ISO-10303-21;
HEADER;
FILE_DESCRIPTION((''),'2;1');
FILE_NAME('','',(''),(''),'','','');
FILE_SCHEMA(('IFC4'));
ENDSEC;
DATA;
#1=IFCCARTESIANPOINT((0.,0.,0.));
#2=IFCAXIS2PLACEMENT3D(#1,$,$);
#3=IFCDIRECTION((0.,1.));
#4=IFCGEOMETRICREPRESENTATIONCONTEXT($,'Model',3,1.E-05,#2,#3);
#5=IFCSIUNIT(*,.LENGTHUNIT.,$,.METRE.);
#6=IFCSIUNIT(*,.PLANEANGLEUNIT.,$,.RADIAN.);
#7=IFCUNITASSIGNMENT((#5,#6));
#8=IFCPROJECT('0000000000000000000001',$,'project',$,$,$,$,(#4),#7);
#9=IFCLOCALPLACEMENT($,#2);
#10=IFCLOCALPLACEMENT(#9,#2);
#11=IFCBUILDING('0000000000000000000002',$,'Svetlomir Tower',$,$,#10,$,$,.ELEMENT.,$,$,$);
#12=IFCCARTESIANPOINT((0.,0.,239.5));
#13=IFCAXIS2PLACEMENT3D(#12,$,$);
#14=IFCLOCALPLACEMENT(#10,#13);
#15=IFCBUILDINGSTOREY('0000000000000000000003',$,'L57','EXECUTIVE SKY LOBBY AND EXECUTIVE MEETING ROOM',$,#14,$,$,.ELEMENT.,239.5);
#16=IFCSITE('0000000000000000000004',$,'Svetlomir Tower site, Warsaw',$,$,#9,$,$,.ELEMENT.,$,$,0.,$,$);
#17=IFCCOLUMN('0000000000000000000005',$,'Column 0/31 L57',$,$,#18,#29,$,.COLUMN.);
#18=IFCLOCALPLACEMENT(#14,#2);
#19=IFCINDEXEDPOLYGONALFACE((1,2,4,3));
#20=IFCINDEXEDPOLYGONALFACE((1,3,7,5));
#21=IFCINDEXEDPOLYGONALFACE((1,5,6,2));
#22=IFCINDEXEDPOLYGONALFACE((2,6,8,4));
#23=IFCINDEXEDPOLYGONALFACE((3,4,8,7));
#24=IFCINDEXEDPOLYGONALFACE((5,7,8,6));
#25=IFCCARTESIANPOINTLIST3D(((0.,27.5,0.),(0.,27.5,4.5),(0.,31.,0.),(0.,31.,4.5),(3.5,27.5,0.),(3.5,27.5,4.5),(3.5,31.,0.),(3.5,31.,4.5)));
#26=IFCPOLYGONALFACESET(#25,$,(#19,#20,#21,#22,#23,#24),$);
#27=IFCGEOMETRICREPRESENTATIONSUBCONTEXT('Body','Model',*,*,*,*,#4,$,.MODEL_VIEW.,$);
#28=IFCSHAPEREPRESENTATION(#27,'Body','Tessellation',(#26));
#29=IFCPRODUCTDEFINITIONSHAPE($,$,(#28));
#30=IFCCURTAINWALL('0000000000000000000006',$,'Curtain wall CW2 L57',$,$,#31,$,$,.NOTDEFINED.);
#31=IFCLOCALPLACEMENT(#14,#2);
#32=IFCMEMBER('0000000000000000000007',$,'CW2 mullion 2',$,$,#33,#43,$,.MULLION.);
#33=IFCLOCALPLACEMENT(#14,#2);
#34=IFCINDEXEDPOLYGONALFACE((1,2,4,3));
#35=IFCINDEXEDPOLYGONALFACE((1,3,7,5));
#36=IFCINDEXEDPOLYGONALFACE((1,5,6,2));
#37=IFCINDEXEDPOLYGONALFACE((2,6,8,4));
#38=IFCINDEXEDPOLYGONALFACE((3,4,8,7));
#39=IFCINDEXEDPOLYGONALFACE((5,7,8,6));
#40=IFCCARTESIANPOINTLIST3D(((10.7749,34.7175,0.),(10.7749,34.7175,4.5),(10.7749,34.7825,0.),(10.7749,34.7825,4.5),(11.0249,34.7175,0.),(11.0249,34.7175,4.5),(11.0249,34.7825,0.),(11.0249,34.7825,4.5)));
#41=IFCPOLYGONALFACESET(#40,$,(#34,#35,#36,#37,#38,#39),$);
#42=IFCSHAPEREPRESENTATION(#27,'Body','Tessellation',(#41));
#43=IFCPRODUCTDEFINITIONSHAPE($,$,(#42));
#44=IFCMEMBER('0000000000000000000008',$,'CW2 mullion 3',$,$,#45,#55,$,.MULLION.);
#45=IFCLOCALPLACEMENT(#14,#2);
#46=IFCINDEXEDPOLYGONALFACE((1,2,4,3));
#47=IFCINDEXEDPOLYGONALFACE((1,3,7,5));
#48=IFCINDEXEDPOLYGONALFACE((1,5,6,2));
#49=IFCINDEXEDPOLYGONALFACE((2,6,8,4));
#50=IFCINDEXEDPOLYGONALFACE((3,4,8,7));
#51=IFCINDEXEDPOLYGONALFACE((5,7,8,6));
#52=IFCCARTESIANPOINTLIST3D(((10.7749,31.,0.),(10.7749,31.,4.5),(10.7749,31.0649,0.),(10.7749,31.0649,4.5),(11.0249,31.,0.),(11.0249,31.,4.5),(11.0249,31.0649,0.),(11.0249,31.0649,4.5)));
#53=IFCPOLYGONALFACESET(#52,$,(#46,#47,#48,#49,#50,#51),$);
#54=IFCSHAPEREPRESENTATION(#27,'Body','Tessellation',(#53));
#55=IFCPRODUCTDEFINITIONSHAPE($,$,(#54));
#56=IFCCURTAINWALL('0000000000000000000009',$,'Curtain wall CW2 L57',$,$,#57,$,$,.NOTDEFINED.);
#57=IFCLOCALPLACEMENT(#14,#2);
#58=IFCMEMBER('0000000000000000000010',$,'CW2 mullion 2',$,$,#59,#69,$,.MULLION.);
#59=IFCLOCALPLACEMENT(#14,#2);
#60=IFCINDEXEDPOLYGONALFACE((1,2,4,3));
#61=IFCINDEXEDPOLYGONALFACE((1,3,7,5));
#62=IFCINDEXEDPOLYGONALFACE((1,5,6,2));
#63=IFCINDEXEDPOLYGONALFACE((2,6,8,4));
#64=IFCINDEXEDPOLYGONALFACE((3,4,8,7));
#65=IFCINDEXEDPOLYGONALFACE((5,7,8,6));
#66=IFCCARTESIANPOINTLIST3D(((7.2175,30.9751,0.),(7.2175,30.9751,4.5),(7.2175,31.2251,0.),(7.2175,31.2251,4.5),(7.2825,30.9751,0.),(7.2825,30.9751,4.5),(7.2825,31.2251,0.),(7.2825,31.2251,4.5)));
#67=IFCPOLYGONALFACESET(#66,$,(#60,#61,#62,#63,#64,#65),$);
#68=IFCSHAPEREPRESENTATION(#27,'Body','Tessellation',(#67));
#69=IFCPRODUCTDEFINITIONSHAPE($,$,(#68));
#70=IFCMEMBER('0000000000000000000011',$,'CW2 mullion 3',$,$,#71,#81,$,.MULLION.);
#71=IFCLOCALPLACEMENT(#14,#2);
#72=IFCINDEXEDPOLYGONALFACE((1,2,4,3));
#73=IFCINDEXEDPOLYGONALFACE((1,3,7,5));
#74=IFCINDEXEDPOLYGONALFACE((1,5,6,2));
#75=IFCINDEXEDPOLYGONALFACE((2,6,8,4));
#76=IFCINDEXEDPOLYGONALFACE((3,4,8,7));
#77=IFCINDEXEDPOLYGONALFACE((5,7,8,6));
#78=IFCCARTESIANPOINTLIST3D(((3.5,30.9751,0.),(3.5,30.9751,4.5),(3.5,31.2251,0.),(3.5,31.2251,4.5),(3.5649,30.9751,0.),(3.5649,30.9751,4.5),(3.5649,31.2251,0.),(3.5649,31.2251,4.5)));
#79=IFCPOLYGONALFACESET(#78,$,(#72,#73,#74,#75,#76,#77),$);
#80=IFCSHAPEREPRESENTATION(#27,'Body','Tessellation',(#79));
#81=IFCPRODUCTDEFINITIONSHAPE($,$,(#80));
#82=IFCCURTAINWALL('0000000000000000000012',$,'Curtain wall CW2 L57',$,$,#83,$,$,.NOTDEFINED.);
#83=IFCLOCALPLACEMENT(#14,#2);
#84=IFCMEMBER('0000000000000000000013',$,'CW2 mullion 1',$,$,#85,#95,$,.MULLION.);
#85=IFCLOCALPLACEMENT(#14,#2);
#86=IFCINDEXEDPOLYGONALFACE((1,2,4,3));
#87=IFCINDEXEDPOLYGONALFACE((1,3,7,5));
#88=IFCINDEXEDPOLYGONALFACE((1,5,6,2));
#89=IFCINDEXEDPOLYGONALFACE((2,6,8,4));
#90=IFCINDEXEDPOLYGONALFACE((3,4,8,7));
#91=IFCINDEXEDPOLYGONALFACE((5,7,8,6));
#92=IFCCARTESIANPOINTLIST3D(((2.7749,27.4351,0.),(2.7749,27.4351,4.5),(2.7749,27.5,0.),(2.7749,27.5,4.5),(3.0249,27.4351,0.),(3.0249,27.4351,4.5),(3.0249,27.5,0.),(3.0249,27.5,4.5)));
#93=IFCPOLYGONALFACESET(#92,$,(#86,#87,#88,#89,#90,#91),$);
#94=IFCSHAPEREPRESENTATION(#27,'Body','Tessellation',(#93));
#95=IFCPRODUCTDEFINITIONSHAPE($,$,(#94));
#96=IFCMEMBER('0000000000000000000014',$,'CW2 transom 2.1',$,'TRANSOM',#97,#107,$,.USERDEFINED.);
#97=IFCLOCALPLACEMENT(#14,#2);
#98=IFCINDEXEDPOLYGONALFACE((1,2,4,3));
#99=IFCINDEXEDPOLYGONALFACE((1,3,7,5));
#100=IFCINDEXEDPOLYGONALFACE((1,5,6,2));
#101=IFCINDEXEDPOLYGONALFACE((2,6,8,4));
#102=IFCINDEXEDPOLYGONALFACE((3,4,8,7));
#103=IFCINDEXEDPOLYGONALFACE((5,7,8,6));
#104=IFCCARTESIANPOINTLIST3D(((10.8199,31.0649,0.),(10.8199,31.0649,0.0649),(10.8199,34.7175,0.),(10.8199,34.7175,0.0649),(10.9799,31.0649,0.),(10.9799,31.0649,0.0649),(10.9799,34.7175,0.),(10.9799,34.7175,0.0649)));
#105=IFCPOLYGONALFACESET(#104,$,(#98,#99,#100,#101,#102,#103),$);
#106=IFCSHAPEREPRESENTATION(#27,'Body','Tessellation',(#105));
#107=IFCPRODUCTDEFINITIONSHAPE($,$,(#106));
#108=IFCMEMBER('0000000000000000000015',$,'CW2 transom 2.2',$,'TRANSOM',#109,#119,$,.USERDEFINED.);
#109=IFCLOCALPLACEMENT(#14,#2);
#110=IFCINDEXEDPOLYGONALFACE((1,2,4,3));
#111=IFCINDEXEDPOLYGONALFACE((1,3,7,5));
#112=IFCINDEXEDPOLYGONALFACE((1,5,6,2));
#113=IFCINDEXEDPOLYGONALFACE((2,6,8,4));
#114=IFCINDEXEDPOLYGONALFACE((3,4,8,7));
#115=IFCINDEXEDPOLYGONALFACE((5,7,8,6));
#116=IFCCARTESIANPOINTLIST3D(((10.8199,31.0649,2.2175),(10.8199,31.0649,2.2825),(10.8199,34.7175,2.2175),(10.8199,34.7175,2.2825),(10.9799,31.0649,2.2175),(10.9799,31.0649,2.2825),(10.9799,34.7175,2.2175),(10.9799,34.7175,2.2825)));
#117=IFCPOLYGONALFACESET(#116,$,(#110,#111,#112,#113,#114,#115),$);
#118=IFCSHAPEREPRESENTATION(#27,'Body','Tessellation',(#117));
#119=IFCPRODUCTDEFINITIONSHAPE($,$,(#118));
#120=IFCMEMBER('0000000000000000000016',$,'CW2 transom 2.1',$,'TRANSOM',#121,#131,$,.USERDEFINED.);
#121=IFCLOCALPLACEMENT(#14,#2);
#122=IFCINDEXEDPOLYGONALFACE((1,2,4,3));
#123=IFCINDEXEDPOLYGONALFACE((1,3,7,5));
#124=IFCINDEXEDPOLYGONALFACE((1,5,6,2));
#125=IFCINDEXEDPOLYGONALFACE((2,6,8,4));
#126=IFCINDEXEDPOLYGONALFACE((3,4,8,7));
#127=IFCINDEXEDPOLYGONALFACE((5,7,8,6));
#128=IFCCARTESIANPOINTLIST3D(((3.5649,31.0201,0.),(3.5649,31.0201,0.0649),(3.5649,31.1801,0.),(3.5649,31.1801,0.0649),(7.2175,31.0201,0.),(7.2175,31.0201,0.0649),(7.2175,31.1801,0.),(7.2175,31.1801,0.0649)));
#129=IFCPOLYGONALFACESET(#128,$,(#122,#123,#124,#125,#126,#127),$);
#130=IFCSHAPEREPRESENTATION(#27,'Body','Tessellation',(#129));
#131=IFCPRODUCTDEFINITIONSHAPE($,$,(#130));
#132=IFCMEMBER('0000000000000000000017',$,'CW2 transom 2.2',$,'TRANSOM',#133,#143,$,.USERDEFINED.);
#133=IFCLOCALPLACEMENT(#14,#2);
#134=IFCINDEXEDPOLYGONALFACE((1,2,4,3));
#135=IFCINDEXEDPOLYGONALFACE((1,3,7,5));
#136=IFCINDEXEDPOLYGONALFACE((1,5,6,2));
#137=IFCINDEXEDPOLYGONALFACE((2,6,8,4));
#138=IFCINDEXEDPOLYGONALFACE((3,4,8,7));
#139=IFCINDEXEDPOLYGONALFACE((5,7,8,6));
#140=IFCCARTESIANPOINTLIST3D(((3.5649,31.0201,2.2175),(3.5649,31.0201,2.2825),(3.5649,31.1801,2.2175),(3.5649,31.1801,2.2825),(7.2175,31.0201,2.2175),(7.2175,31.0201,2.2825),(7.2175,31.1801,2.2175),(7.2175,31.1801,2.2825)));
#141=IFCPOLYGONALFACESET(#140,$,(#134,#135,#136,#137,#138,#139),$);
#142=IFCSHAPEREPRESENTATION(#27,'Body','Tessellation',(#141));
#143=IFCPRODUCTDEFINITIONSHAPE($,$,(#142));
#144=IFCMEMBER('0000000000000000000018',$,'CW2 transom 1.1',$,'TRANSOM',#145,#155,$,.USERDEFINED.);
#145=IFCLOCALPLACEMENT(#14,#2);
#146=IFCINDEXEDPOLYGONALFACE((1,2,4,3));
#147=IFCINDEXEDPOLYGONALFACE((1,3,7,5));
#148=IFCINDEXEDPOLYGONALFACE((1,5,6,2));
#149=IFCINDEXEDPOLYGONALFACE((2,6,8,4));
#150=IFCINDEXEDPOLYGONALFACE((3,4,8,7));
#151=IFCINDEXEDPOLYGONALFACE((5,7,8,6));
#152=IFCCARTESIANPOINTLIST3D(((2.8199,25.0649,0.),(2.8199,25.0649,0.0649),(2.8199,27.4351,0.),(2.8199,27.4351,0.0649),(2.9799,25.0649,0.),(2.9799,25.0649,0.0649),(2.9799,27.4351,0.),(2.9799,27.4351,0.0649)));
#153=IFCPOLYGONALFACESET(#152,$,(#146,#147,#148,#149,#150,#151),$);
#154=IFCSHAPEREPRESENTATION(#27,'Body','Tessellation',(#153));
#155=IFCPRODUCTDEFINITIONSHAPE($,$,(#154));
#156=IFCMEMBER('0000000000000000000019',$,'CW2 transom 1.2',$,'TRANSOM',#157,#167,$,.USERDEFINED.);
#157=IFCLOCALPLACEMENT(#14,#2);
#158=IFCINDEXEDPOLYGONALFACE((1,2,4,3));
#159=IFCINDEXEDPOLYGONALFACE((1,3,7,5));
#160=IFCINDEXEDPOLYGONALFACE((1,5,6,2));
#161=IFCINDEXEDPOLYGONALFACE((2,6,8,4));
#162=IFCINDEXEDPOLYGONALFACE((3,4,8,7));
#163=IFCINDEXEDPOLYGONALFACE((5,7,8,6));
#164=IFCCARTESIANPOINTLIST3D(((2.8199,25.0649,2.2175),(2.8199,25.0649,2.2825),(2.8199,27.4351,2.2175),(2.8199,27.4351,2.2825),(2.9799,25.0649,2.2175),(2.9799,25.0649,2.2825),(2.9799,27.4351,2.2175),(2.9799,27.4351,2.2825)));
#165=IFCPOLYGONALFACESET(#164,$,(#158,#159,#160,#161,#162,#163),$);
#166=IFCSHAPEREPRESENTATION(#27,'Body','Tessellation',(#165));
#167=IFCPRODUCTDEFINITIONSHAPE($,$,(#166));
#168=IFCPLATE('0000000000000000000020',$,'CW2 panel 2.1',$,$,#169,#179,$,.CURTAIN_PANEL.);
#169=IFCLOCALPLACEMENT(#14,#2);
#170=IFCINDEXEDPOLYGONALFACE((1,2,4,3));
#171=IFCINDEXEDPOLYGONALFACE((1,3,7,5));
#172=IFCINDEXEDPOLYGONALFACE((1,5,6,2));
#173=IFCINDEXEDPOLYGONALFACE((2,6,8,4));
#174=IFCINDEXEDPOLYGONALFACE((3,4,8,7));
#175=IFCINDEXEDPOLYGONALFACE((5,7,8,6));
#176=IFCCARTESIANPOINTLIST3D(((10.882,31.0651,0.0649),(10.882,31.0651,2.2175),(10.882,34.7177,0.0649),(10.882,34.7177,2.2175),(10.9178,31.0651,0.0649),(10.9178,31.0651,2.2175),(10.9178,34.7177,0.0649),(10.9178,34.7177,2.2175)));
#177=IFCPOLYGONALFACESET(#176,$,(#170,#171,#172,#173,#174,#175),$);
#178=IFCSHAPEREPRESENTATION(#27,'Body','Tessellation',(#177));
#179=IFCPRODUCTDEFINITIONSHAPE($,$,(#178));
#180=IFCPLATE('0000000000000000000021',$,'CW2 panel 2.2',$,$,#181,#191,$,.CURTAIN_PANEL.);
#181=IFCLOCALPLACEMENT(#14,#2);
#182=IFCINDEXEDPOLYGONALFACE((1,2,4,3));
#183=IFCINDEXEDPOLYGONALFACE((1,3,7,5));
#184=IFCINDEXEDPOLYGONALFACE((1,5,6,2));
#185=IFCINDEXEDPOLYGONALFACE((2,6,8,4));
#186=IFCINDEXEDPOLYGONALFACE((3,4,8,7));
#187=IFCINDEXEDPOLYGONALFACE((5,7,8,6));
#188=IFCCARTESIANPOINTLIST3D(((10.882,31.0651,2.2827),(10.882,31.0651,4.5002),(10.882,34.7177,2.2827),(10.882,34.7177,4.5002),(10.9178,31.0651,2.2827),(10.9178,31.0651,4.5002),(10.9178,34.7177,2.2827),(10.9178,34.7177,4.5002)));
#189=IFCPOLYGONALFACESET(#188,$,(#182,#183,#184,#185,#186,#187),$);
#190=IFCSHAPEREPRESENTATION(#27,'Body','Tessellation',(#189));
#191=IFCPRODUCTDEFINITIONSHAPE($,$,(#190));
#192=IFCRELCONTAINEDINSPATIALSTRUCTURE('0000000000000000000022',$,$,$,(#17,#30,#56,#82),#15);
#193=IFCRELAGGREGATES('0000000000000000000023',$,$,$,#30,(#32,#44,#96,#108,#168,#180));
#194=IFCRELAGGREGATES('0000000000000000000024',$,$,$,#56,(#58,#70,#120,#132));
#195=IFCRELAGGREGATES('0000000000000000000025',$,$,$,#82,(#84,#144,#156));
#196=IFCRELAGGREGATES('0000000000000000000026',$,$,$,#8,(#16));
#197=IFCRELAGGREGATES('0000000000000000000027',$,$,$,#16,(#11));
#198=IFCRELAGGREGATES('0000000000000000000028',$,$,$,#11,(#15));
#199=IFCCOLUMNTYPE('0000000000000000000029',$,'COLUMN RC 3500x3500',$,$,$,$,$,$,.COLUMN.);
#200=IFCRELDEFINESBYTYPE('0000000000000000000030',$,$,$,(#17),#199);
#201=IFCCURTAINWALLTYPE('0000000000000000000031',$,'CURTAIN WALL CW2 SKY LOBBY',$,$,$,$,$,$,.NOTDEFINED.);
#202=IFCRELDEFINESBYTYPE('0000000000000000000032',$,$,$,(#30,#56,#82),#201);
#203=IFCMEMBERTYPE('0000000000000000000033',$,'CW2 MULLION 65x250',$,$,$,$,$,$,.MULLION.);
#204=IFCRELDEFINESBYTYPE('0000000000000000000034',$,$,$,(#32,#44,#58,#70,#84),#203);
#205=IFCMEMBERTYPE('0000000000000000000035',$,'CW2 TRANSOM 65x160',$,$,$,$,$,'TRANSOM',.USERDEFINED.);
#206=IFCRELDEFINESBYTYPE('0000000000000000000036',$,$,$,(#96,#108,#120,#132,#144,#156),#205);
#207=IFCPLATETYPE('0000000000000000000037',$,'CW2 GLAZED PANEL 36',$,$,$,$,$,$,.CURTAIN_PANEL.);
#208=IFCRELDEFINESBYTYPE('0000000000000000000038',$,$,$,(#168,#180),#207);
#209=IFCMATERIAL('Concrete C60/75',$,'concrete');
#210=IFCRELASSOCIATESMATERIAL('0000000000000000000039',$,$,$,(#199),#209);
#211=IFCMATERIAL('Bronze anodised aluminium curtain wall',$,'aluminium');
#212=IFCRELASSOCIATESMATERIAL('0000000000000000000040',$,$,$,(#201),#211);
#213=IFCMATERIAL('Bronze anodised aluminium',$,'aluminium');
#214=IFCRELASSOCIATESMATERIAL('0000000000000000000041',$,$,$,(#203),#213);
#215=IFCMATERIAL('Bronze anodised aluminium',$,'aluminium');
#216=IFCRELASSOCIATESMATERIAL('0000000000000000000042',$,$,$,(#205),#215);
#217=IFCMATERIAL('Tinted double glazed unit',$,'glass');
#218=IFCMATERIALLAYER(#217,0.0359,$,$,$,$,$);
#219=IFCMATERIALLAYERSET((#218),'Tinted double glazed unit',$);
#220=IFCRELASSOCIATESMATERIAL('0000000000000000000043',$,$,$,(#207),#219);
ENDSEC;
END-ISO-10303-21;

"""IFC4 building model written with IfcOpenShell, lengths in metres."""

from ifc_helpers import new_model, si_unit, direction, frame, origin, origin_2d, place, context, subcontext, project, spatial, rectangle, extrude, material, layer, layer_set, material_profile, profile_set, type_object, element, aggregate, save


model = new_model("IFC4")

# Units and contexts
model_context = context("Model", 3, precision=1e-05, world=origin(), true_north=direction((0.0, 1.0)))
body_context = subcontext(model_context, "Body", "Model", "MODEL_VIEW")
ifc_project = project(units=[si_unit("LENGTHUNIT", "METRE"), si_unit("PLANEANGLEUNIT", "RADIAN")], contexts=[model_context])

# Site, building, storey
site_placement = place(None, origin())
site = spatial("IfcSite", under=ifc_project, at=site_placement, Name="Svetlomir Tower site, Warsaw", CompositionType="ELEMENT", RefElevation=0.0)
building_placement = place(site_placement, origin())
building = spatial("IfcBuilding", under=site, at=building_placement, Name="Svetlomir Tower", CompositionType="ELEMENT")
storey_placement = place(building_placement, frame((0.0, 0.0, 239.5)))
storey = spatial("IfcBuildingStorey", under=building, at=storey_placement, Name="L57", Description="EXECUTIVE SKY LOBBY AND EXECUTIVE MEETING ROOM", CompositionType="ELEMENT", Elevation=239.5)

# Column
ifc_material_1 = material(Name="Concrete C60/75", Category="concrete")
ifc_material_profile_1 = material_profile(ifc_material_1, rectangle(XDim=3.5, YDim=3.5, at=origin_2d()), Name="RC 3500x3500")
ifc_profile_set_1 = profile_set([ifc_material_profile_1], Name="Concrete C60/75")
column_type = type_object("IfcColumnType", Name="COLUMN RC 3500x3500", PredefinedType="COLUMN", material=ifc_profile_set_1)
column_placement = place(storey_placement, frame((1.75, 29.25, 0.0), z_axis=(0.0, 0.0, 1.0), x_axis=(1.0, 0.0, 0.0)))
element("IfcColumn", 1, at=column_placement, inside=storey, type_object=column_type, Name="Column 0/31 L57", PredefinedType="COLUMN", context=body_context, shape_type="SweptSolid", body=[
    extrude(rectangle(XDim=3.5, YDim=3.5, at=origin_2d()), origin(), (0.0, 0.0, 1.0), 4.5),
])

# Curtain walls, members
ifc_material_2 = material(Name="Bronze anodised aluminium curtain wall", Category="aluminium")
curtain_wall_type = type_object("IfcCurtainWallType", Name="CURTAIN WALL CW2 SKY LOBBY", PredefinedType="NOTDEFINED", material=ifc_material_2)
curtain_wall_1_placement = place(storey_placement, origin())
curtain_wall_1 = element("IfcCurtainWall", 2, at=curtain_wall_1_placement, inside=storey, type_object=curtain_wall_type, Name="Curtain wall CW2 L57", PredefinedType="NOTDEFINED")
ifc_material_3 = material(Name="Bronze anodised aluminium", Category="aluminium")
ifc_material_profile_2 = material_profile(ifc_material_3, rectangle(XDim=0.0649, YDim=0.25, at=origin_2d()), Name="AL 65x250")
ifc_profile_set_2 = profile_set([ifc_material_profile_2], Name="Bronze anodised aluminium 6063-T6")
member_type_1 = type_object("IfcMemberType", Name="CW2 MULLION 65x250", PredefinedType="MULLION", material=ifc_profile_set_2)
member_1_placement = place(storey_placement, frame((10.8999, 34.75, 0.0), z_axis=(0.0, 0.0, 1.0), x_axis=(0.0, -1.0, 0.0)))
member_1 = element("IfcMember", 3, at=member_1_placement, type_object=member_type_1, Name="CW2 mullion 2", PredefinedType="MULLION", context=body_context, shape_type="SweptSolid", body=[
    extrude(rectangle(XDim=0.0649, YDim=0.25, at=origin_2d()), origin(), (0.0, 0.0, 1.0), 4.5),
])
member_2_placement = place(storey_placement, frame((10.8999, 31.0325, 0.0), z_axis=(0.0, 0.0, 1.0), x_axis=(0.0, -1.0, 0.0)))
member_2 = element("IfcMember", 4, at=member_2_placement, type_object=member_type_1, Name="CW2 mullion 3", PredefinedType="MULLION", context=body_context, shape_type="SweptSolid", body=[
    extrude(rectangle(XDim=0.0649, YDim=0.25, at=origin_2d()), origin(), (0.0, 0.0, 1.0), 4.5),
])
curtain_wall_2_placement = place(storey_placement, origin())
curtain_wall_2 = element("IfcCurtainWall", 5, at=curtain_wall_2_placement, inside=storey, type_object=curtain_wall_type, Name="Curtain wall CW2 L57", PredefinedType="NOTDEFINED")
member_3_placement = place(storey_placement, frame((7.25, 31.1001, 0.0), z_axis=(0.0, 0.0, 1.0), x_axis=(-1.0, 0.0, 0.0)))
member_3 = element("IfcMember", 6, at=member_3_placement, type_object=member_type_1, Name="CW2 mullion 2", PredefinedType="MULLION", context=body_context, shape_type="SweptSolid", body=[
    extrude(rectangle(XDim=0.0649, YDim=0.25, at=origin_2d()), origin(), (0.0, 0.0, 1.0), 4.5),
])
member_4_placement = place(storey_placement, frame((3.5325, 31.1001, 0.0), z_axis=(0.0, 0.0, 1.0), x_axis=(-1.0, 0.0, 0.0)))
member_4 = element("IfcMember", 7, at=member_4_placement, type_object=member_type_1, Name="CW2 mullion 3", PredefinedType="MULLION", context=body_context, shape_type="SweptSolid", body=[
    extrude(rectangle(XDim=0.0649, YDim=0.25, at=origin_2d()), origin(), (0.0, 0.0, 1.0), 4.5),
])

# Curtain wall, member
curtain_wall_3_placement = place(storey_placement, origin())
curtain_wall_3 = element("IfcCurtainWall", 8, at=curtain_wall_3_placement, inside=storey, type_object=curtain_wall_type, Name="Curtain wall CW2 L57", PredefinedType="NOTDEFINED")
member_5_placement = place(storey_placement, frame((2.8999, 27.4675, 0.0), z_axis=(0.0, 0.0, 1.0), x_axis=(0.0, -1.0, 0.0)))
member_5 = element("IfcMember", 9, at=member_5_placement, type_object=member_type_1, Name="CW2 mullion 1", PredefinedType="MULLION", context=body_context, shape_type="SweptSolid", body=[
    extrude(rectangle(XDim=0.0649, YDim=0.25, at=origin_2d()), origin(), (0.0, 0.0, 1.0), 4.5),
])

# Members
ifc_material_4 = material(Name="Bronze anodised aluminium", Category="aluminium")
ifc_material_profile_3 = material_profile(ifc_material_4, rectangle(XDim=0.1599, YDim=0.0649, at=origin_2d()), Name="AL 160x65")
ifc_profile_set_3 = profile_set([ifc_material_profile_3], Name="Bronze anodised aluminium 6063-T6")
member_type_2 = type_object("IfcMemberType", Name="CW2 TRANSOM 65x160", ElementType="TRANSOM", PredefinedType="USERDEFINED", material=ifc_profile_set_3)
member_6_placement = place(storey_placement, frame((10.8999, 34.7175, 0.0325), z_axis=(0.0, -1.0, 0.0), x_axis=(1.0, 0.0, 0.0)))
member_6 = element("IfcMember", 10, at=member_6_placement, type_object=member_type_2, Name="CW2 transom 2.1", ObjectType="TRANSOM", PredefinedType="USERDEFINED", context=body_context, shape_type="SweptSolid", body=[
    extrude(rectangle(XDim=0.1599, YDim=0.0649, at=origin_2d()), origin(), (0.0, 0.0, 1.0), 3.6526),
])
member_7_placement = place(storey_placement, frame((10.8999, 34.7175, 2.25), z_axis=(0.0, -1.0, 0.0), x_axis=(1.0, 0.0, 0.0)))
member_7 = element("IfcMember", 11, at=member_7_placement, type_object=member_type_2, Name="CW2 transom 2.2", ObjectType="TRANSOM", PredefinedType="USERDEFINED", context=body_context, shape_type="SweptSolid", body=[
    extrude(rectangle(XDim=0.1599, YDim=0.0649, at=origin_2d()), origin(), (0.0, 0.0, 1.0), 3.6526),
])
member_8_placement = place(storey_placement, frame((7.2175, 31.1001, 0.0325), z_axis=(-1.0, 0.0, 0.0), x_axis=(0.0, -1.0, 0.0)))
member_8 = element("IfcMember", 12, at=member_8_placement, type_object=member_type_2, Name="CW2 transom 2.1", ObjectType="TRANSOM", PredefinedType="USERDEFINED", context=body_context, shape_type="SweptSolid", body=[
    extrude(rectangle(XDim=0.1599, YDim=0.0649, at=origin_2d()), origin(), (0.0, 0.0, 1.0), 3.6526),
])
member_9_placement = place(storey_placement, frame((7.2175, 31.1001, 2.25), z_axis=(-1.0, 0.0, 0.0), x_axis=(0.0, -1.0, 0.0)))
member_9 = element("IfcMember", 13, at=member_9_placement, type_object=member_type_2, Name="CW2 transom 2.2", ObjectType="TRANSOM", PredefinedType="USERDEFINED", context=body_context, shape_type="SweptSolid", body=[
    extrude(rectangle(XDim=0.1599, YDim=0.0649, at=origin_2d()), origin(), (0.0, 0.0, 1.0), 3.6526),
])
member_10_placement = place(storey_placement, frame((2.8999, 27.4351, 0.0325), z_axis=(0.0, -1.0, 0.0), x_axis=(1.0, 0.0, 0.0)))
member_10 = element("IfcMember", 14, at=member_10_placement, type_object=member_type_2, Name="CW2 transom 1.1", ObjectType="TRANSOM", PredefinedType="USERDEFINED", context=body_context, shape_type="SweptSolid", body=[
    extrude(rectangle(XDim=0.1599, YDim=0.0649, at=origin_2d()), origin(), (0.0, 0.0, 1.0), 2.3701),
])
member_11_placement = place(storey_placement, frame((2.8999, 27.4351, 2.25), z_axis=(0.0, -1.0, 0.0), x_axis=(1.0, 0.0, 0.0)))
member_11 = element("IfcMember", 15, at=member_11_placement, type_object=member_type_2, Name="CW2 transom 1.2", ObjectType="TRANSOM", PredefinedType="USERDEFINED", context=body_context, shape_type="SweptSolid", body=[
    extrude(rectangle(XDim=0.1599, YDim=0.0649, at=origin_2d()), origin(), (0.0, 0.0, 1.0), 2.3701),
])

# Plates
ifc_material_5 = material(Name="Tinted double glazed unit", Category="glass")
ifc_layer_1 = layer(ifc_material_5, 0.0359)
ifc_layer_set_1 = layer_set([ifc_layer_1], Name="Tinted double glazed unit")
plate_type = type_object("IfcPlateType", Name="CW2 GLAZED PANEL 36", PredefinedType="CURTAIN_PANEL", material=ifc_layer_set_1)
plate_1_placement = place(storey_placement, frame((10.8999, 32.8914, 0.0649), z_axis=(0.0, 0.0, 1.0), x_axis=(0.0, -1.0, 0.0)))
plate_1 = element("IfcPlate", 16, at=plate_1_placement, type_object=plate_type, Name="CW2 panel 2.1", PredefinedType="CURTAIN_PANEL", context=body_context, shape_type="SweptSolid", body=[
    extrude(rectangle(XDim=3.6526, YDim=0.0359, at=origin_2d()), origin(), (0.0, 0.0, 1.0), 2.1526),
])
plate_2_placement = place(storey_placement, frame((10.8999, 32.8914, 2.2827), z_axis=(0.0, 0.0, 1.0), x_axis=(0.0, -1.0, 0.0)))
plate_2 = element("IfcPlate", 17, at=plate_2_placement, type_object=plate_type, Name="CW2 panel 2.2", PredefinedType="CURTAIN_PANEL", context=body_context, shape_type="SweptSolid", body=[
    extrude(rectangle(XDim=3.6526, YDim=0.0359, at=origin_2d()), origin(), (0.0, 0.0, 1.0), 2.2175),
])
aggregate(curtain_wall_1, [member_1, member_2, member_6, member_7, plate_1, plate_2])
aggregate(curtain_wall_2, [member_3, member_4, member_8, member_9])
aggregate(curtain_wall_3, [member_5, member_10, member_11])

save(model, "model.ifc")
